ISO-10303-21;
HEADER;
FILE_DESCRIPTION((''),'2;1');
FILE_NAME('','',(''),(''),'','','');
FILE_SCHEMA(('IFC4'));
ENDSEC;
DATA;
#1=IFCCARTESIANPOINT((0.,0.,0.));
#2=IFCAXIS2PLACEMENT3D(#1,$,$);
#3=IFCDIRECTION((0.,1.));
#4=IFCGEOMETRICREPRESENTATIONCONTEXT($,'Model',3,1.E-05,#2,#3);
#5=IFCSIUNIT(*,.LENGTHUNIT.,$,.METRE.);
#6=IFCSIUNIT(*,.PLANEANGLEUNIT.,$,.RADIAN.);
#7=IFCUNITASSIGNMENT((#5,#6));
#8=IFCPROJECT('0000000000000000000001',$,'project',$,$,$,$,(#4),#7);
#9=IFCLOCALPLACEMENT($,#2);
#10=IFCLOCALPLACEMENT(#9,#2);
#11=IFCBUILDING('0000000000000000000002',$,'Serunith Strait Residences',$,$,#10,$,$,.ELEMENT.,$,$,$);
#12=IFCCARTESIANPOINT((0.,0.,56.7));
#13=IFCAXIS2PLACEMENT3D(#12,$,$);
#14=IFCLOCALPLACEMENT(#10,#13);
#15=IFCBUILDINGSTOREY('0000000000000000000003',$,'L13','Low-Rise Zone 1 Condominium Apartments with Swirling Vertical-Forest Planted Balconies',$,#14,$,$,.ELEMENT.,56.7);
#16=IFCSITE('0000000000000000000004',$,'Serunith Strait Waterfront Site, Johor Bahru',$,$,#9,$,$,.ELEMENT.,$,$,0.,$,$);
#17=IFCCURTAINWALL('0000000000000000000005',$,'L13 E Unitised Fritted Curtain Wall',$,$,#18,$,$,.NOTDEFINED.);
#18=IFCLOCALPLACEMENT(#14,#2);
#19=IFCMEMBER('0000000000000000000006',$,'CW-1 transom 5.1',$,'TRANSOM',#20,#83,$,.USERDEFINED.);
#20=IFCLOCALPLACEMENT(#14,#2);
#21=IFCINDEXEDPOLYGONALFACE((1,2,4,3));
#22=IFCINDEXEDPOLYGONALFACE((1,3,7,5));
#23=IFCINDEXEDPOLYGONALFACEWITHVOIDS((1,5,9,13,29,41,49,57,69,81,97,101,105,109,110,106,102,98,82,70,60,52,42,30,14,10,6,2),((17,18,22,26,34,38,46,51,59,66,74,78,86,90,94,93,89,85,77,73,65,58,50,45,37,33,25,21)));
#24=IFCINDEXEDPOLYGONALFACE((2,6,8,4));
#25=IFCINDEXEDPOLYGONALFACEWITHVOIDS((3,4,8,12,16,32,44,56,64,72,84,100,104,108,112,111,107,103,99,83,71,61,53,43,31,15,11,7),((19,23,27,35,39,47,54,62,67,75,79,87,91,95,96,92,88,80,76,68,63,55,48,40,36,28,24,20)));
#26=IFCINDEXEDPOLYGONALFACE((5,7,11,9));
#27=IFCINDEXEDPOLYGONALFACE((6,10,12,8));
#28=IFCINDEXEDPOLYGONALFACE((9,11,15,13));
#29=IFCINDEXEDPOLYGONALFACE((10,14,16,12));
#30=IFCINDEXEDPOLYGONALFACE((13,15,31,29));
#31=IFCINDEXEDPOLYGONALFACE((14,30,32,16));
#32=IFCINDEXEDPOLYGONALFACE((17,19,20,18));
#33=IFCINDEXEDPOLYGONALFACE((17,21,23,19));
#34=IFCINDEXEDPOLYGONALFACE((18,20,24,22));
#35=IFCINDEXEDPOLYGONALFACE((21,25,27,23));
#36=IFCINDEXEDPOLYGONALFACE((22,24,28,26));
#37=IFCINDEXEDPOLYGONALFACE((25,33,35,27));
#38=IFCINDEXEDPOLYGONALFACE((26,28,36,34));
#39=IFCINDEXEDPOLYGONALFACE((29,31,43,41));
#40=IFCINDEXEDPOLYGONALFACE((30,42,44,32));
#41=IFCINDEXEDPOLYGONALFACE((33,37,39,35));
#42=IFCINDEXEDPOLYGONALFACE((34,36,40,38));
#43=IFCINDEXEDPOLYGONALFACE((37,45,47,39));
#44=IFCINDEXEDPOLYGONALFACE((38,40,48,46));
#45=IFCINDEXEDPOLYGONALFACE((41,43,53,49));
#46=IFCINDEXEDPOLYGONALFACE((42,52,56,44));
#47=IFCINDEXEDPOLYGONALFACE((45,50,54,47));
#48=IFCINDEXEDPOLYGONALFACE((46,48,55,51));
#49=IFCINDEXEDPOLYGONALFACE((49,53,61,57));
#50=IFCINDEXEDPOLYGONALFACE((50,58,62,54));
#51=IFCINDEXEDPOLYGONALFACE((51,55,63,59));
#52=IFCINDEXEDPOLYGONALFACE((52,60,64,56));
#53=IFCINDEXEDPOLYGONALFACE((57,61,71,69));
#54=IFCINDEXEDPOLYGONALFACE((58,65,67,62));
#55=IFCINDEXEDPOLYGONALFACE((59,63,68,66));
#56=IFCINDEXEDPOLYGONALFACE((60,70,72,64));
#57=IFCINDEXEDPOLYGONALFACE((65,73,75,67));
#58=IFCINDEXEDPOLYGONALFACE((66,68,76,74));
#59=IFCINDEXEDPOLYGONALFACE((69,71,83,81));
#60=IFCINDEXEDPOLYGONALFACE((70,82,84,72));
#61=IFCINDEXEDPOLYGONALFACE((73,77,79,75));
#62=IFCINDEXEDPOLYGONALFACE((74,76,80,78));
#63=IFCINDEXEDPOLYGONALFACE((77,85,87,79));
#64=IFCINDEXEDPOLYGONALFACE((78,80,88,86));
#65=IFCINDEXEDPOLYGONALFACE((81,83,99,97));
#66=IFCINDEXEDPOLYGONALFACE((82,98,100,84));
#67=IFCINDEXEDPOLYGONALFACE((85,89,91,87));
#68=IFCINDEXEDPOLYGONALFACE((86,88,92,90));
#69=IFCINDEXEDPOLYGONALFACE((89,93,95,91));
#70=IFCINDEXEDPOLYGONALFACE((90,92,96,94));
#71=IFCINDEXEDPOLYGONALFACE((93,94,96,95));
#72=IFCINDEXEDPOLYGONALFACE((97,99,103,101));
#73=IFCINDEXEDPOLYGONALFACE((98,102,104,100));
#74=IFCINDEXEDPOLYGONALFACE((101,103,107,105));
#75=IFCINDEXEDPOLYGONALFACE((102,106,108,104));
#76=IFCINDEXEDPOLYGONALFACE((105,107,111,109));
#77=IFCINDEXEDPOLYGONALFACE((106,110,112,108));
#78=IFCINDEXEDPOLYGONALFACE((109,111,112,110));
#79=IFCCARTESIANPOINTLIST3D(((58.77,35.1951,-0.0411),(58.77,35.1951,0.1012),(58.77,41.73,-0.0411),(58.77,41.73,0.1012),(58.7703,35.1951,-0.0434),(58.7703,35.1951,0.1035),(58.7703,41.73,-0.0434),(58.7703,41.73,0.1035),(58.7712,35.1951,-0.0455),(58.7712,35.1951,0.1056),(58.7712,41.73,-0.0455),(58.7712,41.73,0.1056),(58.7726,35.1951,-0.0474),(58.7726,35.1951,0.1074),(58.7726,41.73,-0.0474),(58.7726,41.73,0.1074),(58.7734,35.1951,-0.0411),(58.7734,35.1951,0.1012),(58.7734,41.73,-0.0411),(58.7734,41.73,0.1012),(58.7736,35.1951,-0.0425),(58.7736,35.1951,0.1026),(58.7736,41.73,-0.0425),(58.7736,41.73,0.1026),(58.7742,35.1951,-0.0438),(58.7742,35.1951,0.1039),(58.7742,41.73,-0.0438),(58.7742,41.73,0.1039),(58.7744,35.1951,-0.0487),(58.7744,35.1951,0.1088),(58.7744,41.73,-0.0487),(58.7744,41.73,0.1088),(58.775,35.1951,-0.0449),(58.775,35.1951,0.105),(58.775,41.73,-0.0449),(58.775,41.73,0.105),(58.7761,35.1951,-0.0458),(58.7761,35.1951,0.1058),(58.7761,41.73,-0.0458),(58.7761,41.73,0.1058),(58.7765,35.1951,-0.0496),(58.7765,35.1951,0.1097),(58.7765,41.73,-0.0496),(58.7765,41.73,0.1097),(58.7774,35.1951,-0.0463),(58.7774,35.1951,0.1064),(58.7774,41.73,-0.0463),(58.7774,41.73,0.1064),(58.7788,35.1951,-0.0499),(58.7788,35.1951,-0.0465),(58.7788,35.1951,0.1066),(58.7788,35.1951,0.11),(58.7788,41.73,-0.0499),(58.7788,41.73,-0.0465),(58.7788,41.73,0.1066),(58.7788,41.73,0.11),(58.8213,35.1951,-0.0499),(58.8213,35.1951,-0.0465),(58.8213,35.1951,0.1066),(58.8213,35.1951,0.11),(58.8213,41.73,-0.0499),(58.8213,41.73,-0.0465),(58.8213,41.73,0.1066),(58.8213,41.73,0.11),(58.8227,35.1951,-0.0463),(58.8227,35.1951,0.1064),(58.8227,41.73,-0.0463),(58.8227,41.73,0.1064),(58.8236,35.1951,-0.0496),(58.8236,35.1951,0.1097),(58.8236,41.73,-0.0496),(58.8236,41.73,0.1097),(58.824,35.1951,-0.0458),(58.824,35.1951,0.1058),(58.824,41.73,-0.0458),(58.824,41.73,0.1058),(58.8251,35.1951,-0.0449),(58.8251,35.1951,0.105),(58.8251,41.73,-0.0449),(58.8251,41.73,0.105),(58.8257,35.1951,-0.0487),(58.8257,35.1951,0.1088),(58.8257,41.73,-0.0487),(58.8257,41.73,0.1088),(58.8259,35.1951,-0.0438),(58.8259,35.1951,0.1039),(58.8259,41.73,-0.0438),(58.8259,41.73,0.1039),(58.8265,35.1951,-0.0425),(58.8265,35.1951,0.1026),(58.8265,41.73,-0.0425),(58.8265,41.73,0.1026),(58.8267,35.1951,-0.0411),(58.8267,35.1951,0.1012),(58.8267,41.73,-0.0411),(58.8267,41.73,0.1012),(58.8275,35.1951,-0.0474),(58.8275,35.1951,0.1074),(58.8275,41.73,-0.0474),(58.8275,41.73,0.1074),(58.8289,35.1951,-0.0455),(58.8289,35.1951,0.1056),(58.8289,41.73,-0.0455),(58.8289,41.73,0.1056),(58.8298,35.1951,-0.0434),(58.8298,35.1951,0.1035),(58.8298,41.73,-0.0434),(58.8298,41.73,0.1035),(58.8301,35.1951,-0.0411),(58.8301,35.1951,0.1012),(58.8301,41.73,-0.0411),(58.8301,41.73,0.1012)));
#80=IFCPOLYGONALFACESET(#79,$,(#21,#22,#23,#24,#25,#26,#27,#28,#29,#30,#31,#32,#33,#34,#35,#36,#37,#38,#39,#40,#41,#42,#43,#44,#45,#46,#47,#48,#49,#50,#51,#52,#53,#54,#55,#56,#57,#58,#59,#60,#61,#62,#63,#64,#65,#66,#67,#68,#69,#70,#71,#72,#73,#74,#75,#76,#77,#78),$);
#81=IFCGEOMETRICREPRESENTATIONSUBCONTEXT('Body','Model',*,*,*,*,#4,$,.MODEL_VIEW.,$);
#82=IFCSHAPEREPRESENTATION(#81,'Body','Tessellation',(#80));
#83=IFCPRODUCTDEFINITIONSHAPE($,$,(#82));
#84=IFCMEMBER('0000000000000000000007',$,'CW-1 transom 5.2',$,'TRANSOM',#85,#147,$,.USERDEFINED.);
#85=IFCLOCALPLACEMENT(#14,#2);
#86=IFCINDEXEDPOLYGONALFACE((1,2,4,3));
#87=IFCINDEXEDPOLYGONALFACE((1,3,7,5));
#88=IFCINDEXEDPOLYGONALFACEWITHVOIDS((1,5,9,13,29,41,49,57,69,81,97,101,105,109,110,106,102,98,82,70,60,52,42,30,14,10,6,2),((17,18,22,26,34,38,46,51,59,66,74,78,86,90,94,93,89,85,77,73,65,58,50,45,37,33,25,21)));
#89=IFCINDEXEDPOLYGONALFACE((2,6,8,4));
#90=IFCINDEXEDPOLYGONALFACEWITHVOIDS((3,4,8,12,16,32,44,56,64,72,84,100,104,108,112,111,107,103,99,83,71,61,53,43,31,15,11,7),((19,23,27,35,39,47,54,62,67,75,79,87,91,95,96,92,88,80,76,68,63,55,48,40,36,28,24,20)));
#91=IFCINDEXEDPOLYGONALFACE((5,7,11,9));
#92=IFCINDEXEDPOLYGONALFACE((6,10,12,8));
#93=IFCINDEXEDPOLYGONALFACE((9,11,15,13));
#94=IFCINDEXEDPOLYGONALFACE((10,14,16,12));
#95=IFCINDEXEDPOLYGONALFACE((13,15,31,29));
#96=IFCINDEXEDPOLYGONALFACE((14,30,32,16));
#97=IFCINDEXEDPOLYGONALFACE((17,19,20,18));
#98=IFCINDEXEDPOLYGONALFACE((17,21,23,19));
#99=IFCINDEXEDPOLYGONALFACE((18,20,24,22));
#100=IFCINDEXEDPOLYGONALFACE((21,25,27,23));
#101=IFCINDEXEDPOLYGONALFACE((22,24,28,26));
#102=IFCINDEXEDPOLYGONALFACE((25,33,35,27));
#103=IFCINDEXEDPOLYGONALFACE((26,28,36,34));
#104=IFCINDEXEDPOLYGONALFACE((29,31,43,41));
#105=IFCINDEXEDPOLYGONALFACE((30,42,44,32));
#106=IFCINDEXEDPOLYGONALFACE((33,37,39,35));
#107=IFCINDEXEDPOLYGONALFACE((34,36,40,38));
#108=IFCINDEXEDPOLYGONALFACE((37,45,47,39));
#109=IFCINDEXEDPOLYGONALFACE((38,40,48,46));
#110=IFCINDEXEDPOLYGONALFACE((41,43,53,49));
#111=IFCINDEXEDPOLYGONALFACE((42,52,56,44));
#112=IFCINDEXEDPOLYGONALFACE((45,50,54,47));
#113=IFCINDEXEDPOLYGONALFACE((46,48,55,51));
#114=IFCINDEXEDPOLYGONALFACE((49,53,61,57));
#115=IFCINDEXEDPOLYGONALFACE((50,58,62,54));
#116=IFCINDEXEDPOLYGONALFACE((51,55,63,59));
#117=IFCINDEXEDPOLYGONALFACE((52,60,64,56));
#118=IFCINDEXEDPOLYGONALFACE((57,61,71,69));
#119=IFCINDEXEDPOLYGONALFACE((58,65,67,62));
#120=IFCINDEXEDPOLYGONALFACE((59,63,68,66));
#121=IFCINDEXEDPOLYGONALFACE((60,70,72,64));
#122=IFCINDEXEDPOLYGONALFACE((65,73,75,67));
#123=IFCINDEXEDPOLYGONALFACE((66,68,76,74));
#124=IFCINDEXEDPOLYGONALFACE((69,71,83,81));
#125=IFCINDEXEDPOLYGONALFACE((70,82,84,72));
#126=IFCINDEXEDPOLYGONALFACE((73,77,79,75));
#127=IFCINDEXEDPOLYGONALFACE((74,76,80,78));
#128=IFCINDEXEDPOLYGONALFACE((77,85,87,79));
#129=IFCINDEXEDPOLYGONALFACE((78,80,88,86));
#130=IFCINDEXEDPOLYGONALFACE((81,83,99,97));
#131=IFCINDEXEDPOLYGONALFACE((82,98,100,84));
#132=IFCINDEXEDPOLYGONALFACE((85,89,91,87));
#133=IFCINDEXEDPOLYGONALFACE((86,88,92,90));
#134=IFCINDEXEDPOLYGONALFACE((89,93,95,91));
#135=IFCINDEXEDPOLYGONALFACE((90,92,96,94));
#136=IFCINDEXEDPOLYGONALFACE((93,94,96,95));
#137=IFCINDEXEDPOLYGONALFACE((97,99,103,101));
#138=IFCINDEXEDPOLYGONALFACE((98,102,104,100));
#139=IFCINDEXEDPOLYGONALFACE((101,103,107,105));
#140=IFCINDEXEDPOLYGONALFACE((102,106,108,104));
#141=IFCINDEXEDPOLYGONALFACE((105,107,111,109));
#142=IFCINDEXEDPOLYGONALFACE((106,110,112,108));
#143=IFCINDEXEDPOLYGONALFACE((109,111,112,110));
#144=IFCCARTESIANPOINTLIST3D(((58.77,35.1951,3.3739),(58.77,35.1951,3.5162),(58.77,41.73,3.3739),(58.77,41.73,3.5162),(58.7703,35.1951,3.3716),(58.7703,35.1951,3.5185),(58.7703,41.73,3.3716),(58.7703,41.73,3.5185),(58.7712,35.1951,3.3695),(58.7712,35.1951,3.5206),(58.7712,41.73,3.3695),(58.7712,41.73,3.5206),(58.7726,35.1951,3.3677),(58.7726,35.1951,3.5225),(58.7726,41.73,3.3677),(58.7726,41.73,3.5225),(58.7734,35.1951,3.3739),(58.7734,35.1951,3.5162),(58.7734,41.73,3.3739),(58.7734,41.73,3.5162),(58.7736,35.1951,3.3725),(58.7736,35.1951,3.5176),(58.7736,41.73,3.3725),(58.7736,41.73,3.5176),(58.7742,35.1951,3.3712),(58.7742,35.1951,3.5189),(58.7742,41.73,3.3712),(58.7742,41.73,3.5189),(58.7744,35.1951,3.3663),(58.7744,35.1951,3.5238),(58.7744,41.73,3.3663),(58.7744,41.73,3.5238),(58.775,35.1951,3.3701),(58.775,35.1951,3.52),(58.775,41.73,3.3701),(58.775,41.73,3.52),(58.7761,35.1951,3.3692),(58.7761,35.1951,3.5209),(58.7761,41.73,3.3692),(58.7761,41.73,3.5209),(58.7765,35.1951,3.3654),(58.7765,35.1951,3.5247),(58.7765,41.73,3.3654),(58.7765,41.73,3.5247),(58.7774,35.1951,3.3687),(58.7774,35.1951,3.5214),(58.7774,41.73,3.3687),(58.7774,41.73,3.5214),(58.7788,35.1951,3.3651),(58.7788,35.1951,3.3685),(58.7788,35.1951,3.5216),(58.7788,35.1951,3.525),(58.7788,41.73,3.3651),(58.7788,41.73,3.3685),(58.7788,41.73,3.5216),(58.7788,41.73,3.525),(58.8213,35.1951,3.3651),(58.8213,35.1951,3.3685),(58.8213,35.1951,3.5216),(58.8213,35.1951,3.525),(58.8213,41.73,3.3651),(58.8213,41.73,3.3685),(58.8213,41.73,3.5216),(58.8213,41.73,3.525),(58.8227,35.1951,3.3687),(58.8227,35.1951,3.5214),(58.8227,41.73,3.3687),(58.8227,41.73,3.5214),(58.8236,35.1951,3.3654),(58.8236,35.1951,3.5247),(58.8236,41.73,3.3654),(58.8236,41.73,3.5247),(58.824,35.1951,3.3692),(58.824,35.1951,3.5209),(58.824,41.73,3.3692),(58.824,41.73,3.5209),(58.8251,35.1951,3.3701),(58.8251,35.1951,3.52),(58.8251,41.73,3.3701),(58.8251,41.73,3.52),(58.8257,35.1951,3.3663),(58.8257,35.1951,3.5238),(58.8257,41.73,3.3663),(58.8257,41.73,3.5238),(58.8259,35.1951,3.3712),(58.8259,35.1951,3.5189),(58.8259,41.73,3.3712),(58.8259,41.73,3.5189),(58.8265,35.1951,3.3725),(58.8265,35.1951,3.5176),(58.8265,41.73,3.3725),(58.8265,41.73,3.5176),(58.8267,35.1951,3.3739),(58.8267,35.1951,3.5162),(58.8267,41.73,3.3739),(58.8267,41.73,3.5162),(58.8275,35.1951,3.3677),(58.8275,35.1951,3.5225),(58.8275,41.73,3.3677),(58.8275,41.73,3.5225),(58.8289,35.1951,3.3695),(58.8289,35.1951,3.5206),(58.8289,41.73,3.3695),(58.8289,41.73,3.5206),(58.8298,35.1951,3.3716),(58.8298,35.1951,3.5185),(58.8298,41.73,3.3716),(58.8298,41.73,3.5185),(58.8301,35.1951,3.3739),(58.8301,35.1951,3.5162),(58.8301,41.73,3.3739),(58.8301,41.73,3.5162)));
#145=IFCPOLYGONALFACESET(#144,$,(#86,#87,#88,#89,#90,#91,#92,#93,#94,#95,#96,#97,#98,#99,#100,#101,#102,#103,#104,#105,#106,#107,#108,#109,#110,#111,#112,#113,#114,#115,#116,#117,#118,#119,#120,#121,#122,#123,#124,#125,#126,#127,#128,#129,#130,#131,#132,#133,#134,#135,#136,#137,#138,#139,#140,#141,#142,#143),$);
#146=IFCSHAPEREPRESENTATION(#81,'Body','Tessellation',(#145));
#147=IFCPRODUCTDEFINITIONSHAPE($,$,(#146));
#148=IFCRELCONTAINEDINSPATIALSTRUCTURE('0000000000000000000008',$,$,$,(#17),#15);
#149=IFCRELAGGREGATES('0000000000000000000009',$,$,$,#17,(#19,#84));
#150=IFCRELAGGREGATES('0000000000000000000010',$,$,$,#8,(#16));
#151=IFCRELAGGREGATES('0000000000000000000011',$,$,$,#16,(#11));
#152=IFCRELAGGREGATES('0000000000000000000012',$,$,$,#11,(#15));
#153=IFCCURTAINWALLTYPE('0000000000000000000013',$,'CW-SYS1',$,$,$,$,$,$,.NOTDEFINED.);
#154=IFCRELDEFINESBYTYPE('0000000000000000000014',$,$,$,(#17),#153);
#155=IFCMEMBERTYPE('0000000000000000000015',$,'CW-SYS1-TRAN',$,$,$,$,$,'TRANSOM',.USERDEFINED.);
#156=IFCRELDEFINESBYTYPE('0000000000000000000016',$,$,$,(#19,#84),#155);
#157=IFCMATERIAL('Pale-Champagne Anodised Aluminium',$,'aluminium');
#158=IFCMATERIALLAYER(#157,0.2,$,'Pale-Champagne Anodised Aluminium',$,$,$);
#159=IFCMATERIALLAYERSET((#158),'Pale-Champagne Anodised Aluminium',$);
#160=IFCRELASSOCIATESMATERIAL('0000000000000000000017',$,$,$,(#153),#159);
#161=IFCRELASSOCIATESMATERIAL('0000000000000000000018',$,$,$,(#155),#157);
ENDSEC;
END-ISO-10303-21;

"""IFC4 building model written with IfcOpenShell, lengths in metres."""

from ifc_helpers import new_model, si_unit, direction, frame, origin, origin_2d, place, context, subcontext, project, spatial, hollow_rectangle, extrude, source, transform, mapped, material, layer, layer_set, material_profile, profile_set, type_object, element, aggregate, save


model = new_model("IFC4")

# Units and contexts
model_context = context("Model", 3, precision=1e-05, world=origin(), true_north=direction((0.0, 1.0)))
body_context = subcontext(model_context, "Body", "Model", "MODEL_VIEW")
ifc_project = project(units=[si_unit("LENGTHUNIT", "METRE"), si_unit("PLANEANGLEUNIT", "RADIAN")], contexts=[model_context])

# Site, building, storey
site_placement = place(None, origin())
site = spatial("IfcSite", under=ifc_project, at=site_placement, Name="Serunith Strait Waterfront Site, Johor Bahru", CompositionType="ELEMENT", RefElevation=0.0)
building_placement = place(site_placement, origin())
building = spatial("IfcBuilding", under=site, at=building_placement, Name="Serunith Strait Residences", CompositionType="ELEMENT")
storey_placement = place(building_placement, frame((0.0, 0.0, 56.7)))
storey = spatial("IfcBuildingStorey", under=building, at=storey_placement, Name="L13", Description="Low-Rise Zone 1 Condominium Apartments with Swirling Vertical-Forest Planted Balconies", CompositionType="ELEMENT", Elevation=56.7)

# Curtain wall, members
ifc_material_1 = material(Name="Pale-Champagne Anodised Aluminium", Category="aluminium")
ifc_layer_1 = layer(ifc_material_1, 0.2, Name="Pale-Champagne Anodised Aluminium")
ifc_layer_set_1 = layer_set([ifc_layer_1], Name="Pale-Champagne Anodised Aluminium")
curtain_wall_type = type_object("IfcCurtainWallType", Name="CW-SYS1", PredefinedType="NOTDEFINED", material=ifc_layer_set_1)
curtain_wall_placement = place(storey_placement, origin())
curtain_wall = element("IfcCurtainWall", 1, at=curtain_wall_placement, inside=storey, type_object=curtain_wall_type, Name="L13 E Unitised Fritted Curtain Wall", PredefinedType="NOTDEFINED")
ifc_material_profile_1 = material_profile(ifc_material_1, hollow_rectangle(XDim=0.0601, YDim=0.1599, WallThickness=0.0034, InnerFilletRadius=0.0054, OuterFilletRadius=0.0088, at=origin_2d()), Name="ALU 160x60x3.5")
ifc_profile_set_1 = profile_set([ifc_material_profile_1], Name="Pale-Champagne Anodised Aluminium")
member_type_1 = type_object("IfcMemberType", Name="CW-SYS1-TRAN", ElementType="TRANSOM", PredefinedType="USERDEFINED", material=ifc_profile_set_1)
shared_shape_1 = source(origin(), body_context, "Body", "SweptSolid", [
    extrude(hollow_rectangle(XDim=0.0601, YDim=0.1599, WallThickness=0.0034, InnerFilletRadius=0.0054, OuterFilletRadius=0.0088, at=origin_2d()), origin(), (0.0, 0.0, 1.0), 6.5349),
])
member_1_placement = place(storey_placement, frame((58.8, 35.1951, 0.03), z_axis=(0.0, 1.0, 0.0), x_axis=(-1.0, 0.0, 0.0)))
member_1 = element("IfcMember", 2, at=member_1_placement, type_object=member_type_1, Name="CW-1 transom 5.1", ObjectType="TRANSOM", PredefinedType="USERDEFINED", context=body_context, shape_type="MappedRepresentation", body=[
    mapped(shared_shape_1, transform((0.0, 0.0, 0.0), scale=1.0)),
])
member_2_placement = place(storey_placement, frame((58.8, 35.1951, 3.4451), z_axis=(0.0, 1.0, 0.0), x_axis=(-1.0, 0.0, 0.0)))
member_2 = element("IfcMember", 3, at=member_2_placement, type_object=member_type_1, Name="CW-1 transom 5.2", ObjectType="TRANSOM", PredefinedType="USERDEFINED", context=body_context, shape_type="MappedRepresentation", body=[
    mapped(shared_shape_1, transform((0.0, 0.0, 0.0), scale=1.0)),
])
aggregate(curtain_wall, [member_1, member_2])

save(model, "model.ifc")
